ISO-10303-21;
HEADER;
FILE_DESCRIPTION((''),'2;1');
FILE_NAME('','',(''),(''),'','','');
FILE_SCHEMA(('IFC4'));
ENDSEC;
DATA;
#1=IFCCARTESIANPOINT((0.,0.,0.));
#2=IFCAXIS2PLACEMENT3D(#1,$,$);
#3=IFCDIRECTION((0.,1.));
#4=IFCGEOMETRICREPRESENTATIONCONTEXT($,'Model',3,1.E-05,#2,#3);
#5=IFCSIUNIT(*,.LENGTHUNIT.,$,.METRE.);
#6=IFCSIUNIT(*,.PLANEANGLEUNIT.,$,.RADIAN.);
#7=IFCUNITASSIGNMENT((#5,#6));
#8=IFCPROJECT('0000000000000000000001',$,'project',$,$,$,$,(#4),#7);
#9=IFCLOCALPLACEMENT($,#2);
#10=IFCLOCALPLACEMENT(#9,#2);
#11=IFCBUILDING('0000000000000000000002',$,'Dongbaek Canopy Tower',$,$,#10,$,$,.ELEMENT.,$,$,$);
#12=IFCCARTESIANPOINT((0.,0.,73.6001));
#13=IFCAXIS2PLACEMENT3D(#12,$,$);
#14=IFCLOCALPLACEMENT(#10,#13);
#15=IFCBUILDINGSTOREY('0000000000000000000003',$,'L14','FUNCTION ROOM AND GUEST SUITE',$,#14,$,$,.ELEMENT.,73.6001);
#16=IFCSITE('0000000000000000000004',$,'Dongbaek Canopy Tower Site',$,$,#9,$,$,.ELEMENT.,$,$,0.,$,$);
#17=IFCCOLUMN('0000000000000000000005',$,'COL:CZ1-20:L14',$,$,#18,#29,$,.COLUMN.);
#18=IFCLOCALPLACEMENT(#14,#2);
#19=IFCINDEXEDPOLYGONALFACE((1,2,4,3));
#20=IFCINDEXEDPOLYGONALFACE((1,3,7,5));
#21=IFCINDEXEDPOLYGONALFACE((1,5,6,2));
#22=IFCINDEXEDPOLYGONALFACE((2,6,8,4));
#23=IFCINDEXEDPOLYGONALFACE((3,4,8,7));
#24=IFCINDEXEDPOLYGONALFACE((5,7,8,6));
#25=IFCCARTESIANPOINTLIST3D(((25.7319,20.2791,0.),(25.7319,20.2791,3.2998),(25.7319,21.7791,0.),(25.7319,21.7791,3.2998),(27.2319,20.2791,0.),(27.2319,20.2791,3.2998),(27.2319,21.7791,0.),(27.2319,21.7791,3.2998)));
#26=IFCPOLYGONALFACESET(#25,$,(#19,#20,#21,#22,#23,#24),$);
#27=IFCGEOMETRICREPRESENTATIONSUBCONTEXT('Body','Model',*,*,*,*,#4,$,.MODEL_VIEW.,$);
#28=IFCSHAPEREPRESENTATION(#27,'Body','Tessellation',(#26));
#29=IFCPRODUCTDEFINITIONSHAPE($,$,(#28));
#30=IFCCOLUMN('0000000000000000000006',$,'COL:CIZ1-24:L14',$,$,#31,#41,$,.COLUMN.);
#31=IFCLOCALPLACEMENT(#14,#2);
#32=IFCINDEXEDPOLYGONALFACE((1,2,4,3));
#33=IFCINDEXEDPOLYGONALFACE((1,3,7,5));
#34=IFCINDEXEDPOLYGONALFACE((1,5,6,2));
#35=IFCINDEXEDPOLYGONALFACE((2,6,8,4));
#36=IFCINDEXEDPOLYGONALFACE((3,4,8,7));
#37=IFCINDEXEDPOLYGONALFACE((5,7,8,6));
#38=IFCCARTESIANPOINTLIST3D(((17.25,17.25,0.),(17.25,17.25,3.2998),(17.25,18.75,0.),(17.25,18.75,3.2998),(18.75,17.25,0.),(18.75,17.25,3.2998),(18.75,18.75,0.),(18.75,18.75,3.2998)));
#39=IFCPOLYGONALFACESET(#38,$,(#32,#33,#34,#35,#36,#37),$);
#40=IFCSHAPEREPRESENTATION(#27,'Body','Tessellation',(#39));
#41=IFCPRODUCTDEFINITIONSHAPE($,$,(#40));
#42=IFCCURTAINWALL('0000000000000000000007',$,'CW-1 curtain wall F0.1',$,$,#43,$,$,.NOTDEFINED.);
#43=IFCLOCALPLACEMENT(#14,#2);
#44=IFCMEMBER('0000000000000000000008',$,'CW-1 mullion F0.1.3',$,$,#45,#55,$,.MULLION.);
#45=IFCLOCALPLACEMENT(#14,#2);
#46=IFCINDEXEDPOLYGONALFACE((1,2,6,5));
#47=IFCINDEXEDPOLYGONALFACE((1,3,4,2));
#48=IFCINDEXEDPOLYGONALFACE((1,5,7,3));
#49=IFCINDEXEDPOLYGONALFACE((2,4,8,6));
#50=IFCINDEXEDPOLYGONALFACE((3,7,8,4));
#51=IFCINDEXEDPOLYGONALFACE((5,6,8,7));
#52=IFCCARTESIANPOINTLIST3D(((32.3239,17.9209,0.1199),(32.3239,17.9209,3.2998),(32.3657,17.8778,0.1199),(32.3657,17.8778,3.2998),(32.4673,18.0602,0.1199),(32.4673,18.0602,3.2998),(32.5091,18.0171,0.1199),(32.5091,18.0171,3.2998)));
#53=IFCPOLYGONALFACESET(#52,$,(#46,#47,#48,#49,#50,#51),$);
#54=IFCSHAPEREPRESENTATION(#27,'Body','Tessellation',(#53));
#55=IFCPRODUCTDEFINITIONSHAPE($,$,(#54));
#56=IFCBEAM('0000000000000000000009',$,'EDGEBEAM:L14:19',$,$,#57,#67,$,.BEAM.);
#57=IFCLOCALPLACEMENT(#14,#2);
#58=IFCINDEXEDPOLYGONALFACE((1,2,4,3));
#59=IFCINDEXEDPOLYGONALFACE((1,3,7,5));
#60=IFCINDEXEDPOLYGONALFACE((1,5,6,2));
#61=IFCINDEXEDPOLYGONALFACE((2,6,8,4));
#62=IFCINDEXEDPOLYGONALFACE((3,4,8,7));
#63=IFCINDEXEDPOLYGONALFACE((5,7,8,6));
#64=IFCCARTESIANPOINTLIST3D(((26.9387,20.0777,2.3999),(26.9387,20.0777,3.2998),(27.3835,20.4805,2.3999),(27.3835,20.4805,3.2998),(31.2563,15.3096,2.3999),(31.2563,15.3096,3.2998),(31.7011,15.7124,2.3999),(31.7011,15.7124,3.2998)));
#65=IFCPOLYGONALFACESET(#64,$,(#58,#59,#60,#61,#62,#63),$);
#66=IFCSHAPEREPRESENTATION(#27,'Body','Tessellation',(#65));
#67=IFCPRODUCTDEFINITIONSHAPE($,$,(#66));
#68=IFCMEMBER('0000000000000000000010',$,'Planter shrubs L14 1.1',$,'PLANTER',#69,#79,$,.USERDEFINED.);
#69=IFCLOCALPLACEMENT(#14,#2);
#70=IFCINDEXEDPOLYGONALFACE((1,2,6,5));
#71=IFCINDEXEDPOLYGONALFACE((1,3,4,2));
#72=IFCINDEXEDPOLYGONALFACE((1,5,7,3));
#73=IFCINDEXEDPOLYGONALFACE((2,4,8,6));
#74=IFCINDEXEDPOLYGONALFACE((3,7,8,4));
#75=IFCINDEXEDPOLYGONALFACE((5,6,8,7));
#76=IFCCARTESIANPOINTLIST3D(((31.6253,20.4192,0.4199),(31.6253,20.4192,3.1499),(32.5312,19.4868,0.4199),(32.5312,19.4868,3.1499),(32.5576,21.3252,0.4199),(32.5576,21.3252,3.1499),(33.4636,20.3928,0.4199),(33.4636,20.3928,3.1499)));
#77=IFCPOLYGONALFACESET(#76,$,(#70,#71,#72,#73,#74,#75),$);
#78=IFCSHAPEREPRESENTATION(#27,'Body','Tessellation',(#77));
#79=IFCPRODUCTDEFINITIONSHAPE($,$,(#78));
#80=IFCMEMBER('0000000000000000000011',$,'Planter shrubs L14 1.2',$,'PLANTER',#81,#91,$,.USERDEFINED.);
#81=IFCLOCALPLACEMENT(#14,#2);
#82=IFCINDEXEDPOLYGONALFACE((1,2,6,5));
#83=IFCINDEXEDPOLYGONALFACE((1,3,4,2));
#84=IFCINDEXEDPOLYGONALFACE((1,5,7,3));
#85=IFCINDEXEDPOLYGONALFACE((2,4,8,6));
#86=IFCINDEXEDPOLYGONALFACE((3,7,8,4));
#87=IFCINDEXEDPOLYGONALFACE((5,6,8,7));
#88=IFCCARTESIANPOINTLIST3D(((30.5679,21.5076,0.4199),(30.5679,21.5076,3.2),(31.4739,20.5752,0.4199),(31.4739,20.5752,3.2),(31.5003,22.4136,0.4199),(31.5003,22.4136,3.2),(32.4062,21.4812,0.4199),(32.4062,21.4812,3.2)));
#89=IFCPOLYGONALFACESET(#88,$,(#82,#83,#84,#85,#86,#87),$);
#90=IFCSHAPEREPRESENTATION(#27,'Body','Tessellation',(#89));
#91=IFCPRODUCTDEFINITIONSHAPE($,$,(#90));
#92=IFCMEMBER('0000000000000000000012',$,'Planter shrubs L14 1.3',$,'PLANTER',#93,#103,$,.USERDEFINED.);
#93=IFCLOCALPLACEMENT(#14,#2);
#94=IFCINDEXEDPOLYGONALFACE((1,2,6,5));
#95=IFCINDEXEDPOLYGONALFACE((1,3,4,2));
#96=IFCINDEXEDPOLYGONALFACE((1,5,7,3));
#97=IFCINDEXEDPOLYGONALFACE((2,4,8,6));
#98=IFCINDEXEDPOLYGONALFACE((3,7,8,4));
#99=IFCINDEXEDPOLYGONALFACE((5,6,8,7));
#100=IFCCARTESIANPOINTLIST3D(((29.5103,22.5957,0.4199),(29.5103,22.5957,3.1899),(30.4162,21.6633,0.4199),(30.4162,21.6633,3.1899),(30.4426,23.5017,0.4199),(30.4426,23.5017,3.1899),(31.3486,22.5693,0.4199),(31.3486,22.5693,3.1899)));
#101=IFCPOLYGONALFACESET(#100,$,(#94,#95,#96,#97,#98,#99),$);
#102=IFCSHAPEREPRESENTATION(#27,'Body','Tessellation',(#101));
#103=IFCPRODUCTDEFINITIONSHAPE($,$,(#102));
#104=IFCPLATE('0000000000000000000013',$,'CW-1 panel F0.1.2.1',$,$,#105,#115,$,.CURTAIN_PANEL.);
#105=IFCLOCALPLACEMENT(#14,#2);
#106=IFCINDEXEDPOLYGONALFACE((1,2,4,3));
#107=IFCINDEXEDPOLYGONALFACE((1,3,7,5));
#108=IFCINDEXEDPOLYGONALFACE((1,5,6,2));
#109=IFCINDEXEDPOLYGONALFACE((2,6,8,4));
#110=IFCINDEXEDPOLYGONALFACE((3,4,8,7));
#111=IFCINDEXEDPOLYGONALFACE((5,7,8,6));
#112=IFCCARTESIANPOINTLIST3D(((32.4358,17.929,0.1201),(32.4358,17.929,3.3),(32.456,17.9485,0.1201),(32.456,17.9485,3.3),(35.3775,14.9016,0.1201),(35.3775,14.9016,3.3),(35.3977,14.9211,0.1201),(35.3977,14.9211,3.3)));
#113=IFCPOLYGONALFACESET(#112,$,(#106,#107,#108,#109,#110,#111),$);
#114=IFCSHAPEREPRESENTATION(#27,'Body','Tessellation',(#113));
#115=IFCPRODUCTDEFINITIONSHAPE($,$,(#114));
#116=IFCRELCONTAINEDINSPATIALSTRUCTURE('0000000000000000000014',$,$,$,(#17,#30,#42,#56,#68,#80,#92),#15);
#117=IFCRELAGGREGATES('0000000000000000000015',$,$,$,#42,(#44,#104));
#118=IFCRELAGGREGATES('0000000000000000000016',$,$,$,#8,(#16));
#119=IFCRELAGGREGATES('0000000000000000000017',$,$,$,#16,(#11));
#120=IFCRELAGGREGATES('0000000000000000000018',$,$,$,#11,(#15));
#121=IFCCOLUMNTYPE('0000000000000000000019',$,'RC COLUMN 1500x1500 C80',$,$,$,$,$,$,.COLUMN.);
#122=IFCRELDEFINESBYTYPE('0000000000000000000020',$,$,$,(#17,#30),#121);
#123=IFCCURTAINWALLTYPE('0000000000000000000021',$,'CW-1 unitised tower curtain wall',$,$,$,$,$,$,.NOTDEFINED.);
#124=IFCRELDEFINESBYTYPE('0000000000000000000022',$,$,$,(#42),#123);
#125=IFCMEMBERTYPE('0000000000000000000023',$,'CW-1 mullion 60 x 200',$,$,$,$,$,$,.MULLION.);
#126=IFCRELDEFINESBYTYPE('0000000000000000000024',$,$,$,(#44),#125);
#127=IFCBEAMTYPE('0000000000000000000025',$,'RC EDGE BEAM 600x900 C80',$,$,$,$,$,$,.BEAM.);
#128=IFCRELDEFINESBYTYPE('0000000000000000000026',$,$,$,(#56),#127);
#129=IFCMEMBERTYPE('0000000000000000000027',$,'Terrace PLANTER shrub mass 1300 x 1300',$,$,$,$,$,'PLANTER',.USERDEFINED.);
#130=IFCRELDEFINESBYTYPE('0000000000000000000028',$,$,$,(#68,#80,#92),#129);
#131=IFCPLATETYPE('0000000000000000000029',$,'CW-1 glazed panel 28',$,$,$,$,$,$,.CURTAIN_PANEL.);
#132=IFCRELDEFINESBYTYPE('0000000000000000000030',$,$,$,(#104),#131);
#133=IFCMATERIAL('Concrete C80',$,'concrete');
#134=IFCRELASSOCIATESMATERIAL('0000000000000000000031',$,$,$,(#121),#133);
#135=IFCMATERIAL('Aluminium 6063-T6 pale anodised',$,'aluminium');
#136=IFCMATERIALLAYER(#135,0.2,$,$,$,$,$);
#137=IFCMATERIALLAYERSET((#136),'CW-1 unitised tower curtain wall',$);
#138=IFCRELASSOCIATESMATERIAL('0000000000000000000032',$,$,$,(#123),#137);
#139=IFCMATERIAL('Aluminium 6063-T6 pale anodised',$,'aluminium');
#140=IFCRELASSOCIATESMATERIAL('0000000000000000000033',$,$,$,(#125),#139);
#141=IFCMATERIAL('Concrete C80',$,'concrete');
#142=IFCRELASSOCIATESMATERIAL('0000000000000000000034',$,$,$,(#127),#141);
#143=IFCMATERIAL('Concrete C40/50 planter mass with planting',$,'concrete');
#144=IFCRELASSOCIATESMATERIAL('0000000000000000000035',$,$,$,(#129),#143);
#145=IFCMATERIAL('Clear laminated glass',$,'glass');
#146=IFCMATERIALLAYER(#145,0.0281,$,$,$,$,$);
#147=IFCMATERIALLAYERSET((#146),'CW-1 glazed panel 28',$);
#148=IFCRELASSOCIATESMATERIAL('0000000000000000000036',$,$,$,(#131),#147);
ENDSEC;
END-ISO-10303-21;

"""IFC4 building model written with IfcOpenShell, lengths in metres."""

from ifc_helpers import new_model, si_unit, direction, frame, origin, origin_2d, place, context, subcontext, project, spatial, rectangle, extrude, material, layer, layer_set, material_profile, profile_set, type_object, element, aggregate, save


model = new_model("IFC4")

# Units and contexts
model_context = context("Model", 3, precision=1e-05, world=origin(), true_north=direction((0.0, 1.0)))
body_context = subcontext(model_context, "Body", "Model", "MODEL_VIEW")
ifc_project = project(units=[si_unit("LENGTHUNIT", "METRE"), si_unit("PLANEANGLEUNIT", "RADIAN")], contexts=[model_context])

# Site, building, storey
site_placement = place(None, origin())
site = spatial("IfcSite", under=ifc_project, at=site_placement, Name="Dongbaek Canopy Tower Site", CompositionType="ELEMENT", RefElevation=0.0)
building_placement = place(site_placement, origin())
building = spatial("IfcBuilding", under=site, at=building_placement, Name="Dongbaek Canopy Tower", CompositionType="ELEMENT")
storey_placement = place(building_placement, frame((0.0, 0.0, 73.6001)))
storey = spatial("IfcBuildingStorey", under=building, at=storey_placement, Name="L14", Description="FUNCTION ROOM AND GUEST SUITE", CompositionType="ELEMENT", Elevation=73.6001)

# Columns
ifc_material_1 = material(Name="Concrete C80", Category="concrete")
ifc_material_profile_1 = material_profile(ifc_material_1, rectangle(XDim=1.5, YDim=1.5, at=origin_2d()), Name="RC COLUMN 1500x1500 C80")
ifc_profile_set_1 = profile_set([ifc_material_profile_1], Name="Concrete C80")
column_type = type_object("IfcColumnType", Name="RC COLUMN 1500x1500 C80", PredefinedType="COLUMN", material=ifc_profile_set_1)
for number, where, z_axis, x_axis, name in (
    (1, (26.4819, 21.0291, 0.0), (0.0, 0.0, 1.0), (1.0, 0.0, 0.0), "COL:CZ1-20:L14"),
    (2, (18.0, 18.0, 0.0), (0.0, 0.0, 1.0), (1.0, 0.0, 0.0), "COL:CIZ1-24:L14"),
):
    element("IfcColumn", number, at=place(storey_placement, frame(where, z_axis=z_axis, x_axis=x_axis)), inside=storey, type_object=column_type, Name=name, PredefinedType="COLUMN", context=body_context, shape_type="SweptSolid", body=[
        extrude(rectangle(XDim=1.5, YDim=1.5, at=origin_2d()), origin(), (0.0, 0.0, 1.0), 3.2998),
    ])

# Curtain wall, member
ifc_material_2 = material(Name="Aluminium 6063-T6 pale anodised", Category="aluminium")
ifc_layer_1 = layer(ifc_material_2, 0.2)
ifc_layer_set_1 = layer_set([ifc_layer_1], Name="CW-1 unitised tower curtain wall")
curtain_wall_type = type_object("IfcCurtainWallType", Name="CW-1 unitised tower curtain wall", PredefinedType="NOTDEFINED", material=ifc_layer_set_1)
curtain_wall_placement = place(storey_placement, origin())
curtain_wall = element("IfcCurtainWall", 3, at=curtain_wall_placement, inside=storey, type_object=curtain_wall_type, Name="CW-1 curtain wall F0.1", PredefinedType="NOTDEFINED")
ifc_material_3 = material(Name="Aluminium 6063-T6 pale anodised", Category="aluminium")
ifc_material_profile_2 = material_profile(ifc_material_3, rectangle(XDim=0.2, YDim=0.0601, at=origin_2d()), Name="CW-1 mullion 60 x 200")
ifc_profile_set_2 = profile_set([ifc_material_profile_2], Name="Aluminium 6063-T6 pale anodised")
member_type_1 = type_object("IfcMemberType", Name="CW-1 mullion 60 x 200", PredefinedType="MULLION", material=ifc_profile_set_2)
member_1_placement = place(storey_placement, frame((32.4165, 17.969, 0.1199), z_axis=(0.0, 0.0, 1.0), x_axis=(0.717186, 0.696882, 0.0)))
member_1 = element("IfcMember", 4, at=member_1_placement, type_object=member_type_1, Name="CW-1 mullion F0.1.3", PredefinedType="MULLION", context=body_context, shape_type="SweptSolid", body=[
    extrude(rectangle(XDim=0.2, YDim=0.0601, at=origin_2d()), origin(), (0.0, 0.0, 1.0), 3.1799),
])

# Beam
ifc_material_4 = material(Name="Concrete C80", Category="concrete")
ifc_material_profile_3 = material_profile(ifc_material_4, rectangle(XDim=0.6001, YDim=0.8999, at=origin_2d()), Name="RC EDGE BEAM 600x900 C80")
ifc_profile_set_3 = profile_set([ifc_material_profile_3], Name="Concrete C80")
beam_type = type_object("IfcBeamType", Name="RC EDGE BEAM 600x900 C80", PredefinedType="BEAM", material=ifc_profile_set_3)
beam_placement = place(storey_placement, frame((27.1611, 20.2791, 2.8499), z_axis=(0.671226, -0.741252, 0.0), x_axis=(0.741252, 0.671226, 0.0)))
element("IfcBeam", 5, at=beam_placement, inside=storey, type_object=beam_type, Name="EDGEBEAM:L14:19", PredefinedType="BEAM", context=body_context, shape_type="SweptSolid", body=[
    extrude(rectangle(XDim=0.6001, YDim=0.8999, at=origin_2d()), origin(), (0.0, 0.0, 1.0), 6.4324),
])

# Members
ifc_material_5 = material(Name="Concrete C40/50 planter mass with planting", Category="concrete")
ifc_material_profile_4 = material_profile(ifc_material_5, rectangle(XDim=1.3, YDim=1.3, at=origin_2d()), Name="Terrace PLANTER shrub mass 1300 x 1300")
ifc_profile_set_4 = profile_set([ifc_material_profile_4], Name="Concrete C40/50 planter mass with planting")
member_type_2 = type_object("IfcMemberType", Name="Terrace PLANTER shrub mass 1300 x 1300", ElementType="PLANTER", PredefinedType="USERDEFINED", material=ifc_profile_set_4)
member_2_placement = place(storey_placement, frame((32.5444, 20.406, 0.4199), z_axis=(0.0, 0.0, 1.0), x_axis=(0.717186, 0.696882, 0.0)))
element("IfcMember", 6, at=member_2_placement, inside=storey, type_object=member_type_2, Name="Planter shrubs L14 1.1", ObjectType="PLANTER", PredefinedType="USERDEFINED", context=body_context, shape_type="SweptSolid", body=[
    extrude(rectangle(XDim=1.3, YDim=1.3, at=origin_2d()), origin(), (0.0, 0.0, 1.0), 2.73),
])
member_3_placement = place(storey_placement, frame((31.4871, 21.4944, 0.4199), z_axis=(0.0, 0.0, 1.0), x_axis=(0.717186, 0.696882, 0.0)))
element("IfcMember", 7, at=member_3_placement, inside=storey, type_object=member_type_2, Name="Planter shrubs L14 1.2", ObjectType="PLANTER", PredefinedType="USERDEFINED", context=body_context, shape_type="SweptSolid", body=[
    extrude(rectangle(XDim=1.3, YDim=1.3, at=origin_2d()), origin(), (0.0, 0.0, 1.0), 2.78),
])
member_4_placement = place(storey_placement, frame((30.4294, 22.5825, 0.4199), z_axis=(0.0, 0.0, 1.0), x_axis=(0.717186, 0.696882, 0.0)))
element("IfcMember", 8, at=member_4_placement, inside=storey, type_object=member_type_2, Name="Planter shrubs L14 1.3", ObjectType="PLANTER", PredefinedType="USERDEFINED", context=body_context, shape_type="SweptSolid", body=[
    extrude(rectangle(XDim=1.3, YDim=1.3, at=origin_2d()), origin(), (0.0, 0.0, 1.0), 2.77),
])

# Plate
ifc_material_6 = material(Name="Clear laminated glass", Category="glass")
ifc_layer_2 = layer(ifc_material_6, 0.0281)
ifc_layer_set_2 = layer_set([ifc_layer_2], Name="CW-1 glazed panel 28")
plate_type = type_object("IfcPlateType", Name="CW-1 glazed panel 28", PredefinedType="CURTAIN_PANEL", material=ifc_layer_set_2)
plate_placement = place(storey_placement, frame((33.9167, 16.425, 0.1201), z_axis=(0.0, 0.0, 1.0), x_axis=(-0.696882, 0.717186, 0.0)))
plate = element("IfcPlate", 9, at=plate_placement, type_object=plate_type, Name="CW-1 panel F0.1.2.1", PredefinedType="CURTAIN_PANEL", context=body_context, shape_type="SweptSolid", body=[
    extrude(rectangle(XDim=4.2212, YDim=0.0281, at=origin_2d()), origin(), (0.0, 0.0, 1.0), 3.1799),
])

aggregate(curtain_wall, [member_1, plate])

save(model, "model.ifc")
